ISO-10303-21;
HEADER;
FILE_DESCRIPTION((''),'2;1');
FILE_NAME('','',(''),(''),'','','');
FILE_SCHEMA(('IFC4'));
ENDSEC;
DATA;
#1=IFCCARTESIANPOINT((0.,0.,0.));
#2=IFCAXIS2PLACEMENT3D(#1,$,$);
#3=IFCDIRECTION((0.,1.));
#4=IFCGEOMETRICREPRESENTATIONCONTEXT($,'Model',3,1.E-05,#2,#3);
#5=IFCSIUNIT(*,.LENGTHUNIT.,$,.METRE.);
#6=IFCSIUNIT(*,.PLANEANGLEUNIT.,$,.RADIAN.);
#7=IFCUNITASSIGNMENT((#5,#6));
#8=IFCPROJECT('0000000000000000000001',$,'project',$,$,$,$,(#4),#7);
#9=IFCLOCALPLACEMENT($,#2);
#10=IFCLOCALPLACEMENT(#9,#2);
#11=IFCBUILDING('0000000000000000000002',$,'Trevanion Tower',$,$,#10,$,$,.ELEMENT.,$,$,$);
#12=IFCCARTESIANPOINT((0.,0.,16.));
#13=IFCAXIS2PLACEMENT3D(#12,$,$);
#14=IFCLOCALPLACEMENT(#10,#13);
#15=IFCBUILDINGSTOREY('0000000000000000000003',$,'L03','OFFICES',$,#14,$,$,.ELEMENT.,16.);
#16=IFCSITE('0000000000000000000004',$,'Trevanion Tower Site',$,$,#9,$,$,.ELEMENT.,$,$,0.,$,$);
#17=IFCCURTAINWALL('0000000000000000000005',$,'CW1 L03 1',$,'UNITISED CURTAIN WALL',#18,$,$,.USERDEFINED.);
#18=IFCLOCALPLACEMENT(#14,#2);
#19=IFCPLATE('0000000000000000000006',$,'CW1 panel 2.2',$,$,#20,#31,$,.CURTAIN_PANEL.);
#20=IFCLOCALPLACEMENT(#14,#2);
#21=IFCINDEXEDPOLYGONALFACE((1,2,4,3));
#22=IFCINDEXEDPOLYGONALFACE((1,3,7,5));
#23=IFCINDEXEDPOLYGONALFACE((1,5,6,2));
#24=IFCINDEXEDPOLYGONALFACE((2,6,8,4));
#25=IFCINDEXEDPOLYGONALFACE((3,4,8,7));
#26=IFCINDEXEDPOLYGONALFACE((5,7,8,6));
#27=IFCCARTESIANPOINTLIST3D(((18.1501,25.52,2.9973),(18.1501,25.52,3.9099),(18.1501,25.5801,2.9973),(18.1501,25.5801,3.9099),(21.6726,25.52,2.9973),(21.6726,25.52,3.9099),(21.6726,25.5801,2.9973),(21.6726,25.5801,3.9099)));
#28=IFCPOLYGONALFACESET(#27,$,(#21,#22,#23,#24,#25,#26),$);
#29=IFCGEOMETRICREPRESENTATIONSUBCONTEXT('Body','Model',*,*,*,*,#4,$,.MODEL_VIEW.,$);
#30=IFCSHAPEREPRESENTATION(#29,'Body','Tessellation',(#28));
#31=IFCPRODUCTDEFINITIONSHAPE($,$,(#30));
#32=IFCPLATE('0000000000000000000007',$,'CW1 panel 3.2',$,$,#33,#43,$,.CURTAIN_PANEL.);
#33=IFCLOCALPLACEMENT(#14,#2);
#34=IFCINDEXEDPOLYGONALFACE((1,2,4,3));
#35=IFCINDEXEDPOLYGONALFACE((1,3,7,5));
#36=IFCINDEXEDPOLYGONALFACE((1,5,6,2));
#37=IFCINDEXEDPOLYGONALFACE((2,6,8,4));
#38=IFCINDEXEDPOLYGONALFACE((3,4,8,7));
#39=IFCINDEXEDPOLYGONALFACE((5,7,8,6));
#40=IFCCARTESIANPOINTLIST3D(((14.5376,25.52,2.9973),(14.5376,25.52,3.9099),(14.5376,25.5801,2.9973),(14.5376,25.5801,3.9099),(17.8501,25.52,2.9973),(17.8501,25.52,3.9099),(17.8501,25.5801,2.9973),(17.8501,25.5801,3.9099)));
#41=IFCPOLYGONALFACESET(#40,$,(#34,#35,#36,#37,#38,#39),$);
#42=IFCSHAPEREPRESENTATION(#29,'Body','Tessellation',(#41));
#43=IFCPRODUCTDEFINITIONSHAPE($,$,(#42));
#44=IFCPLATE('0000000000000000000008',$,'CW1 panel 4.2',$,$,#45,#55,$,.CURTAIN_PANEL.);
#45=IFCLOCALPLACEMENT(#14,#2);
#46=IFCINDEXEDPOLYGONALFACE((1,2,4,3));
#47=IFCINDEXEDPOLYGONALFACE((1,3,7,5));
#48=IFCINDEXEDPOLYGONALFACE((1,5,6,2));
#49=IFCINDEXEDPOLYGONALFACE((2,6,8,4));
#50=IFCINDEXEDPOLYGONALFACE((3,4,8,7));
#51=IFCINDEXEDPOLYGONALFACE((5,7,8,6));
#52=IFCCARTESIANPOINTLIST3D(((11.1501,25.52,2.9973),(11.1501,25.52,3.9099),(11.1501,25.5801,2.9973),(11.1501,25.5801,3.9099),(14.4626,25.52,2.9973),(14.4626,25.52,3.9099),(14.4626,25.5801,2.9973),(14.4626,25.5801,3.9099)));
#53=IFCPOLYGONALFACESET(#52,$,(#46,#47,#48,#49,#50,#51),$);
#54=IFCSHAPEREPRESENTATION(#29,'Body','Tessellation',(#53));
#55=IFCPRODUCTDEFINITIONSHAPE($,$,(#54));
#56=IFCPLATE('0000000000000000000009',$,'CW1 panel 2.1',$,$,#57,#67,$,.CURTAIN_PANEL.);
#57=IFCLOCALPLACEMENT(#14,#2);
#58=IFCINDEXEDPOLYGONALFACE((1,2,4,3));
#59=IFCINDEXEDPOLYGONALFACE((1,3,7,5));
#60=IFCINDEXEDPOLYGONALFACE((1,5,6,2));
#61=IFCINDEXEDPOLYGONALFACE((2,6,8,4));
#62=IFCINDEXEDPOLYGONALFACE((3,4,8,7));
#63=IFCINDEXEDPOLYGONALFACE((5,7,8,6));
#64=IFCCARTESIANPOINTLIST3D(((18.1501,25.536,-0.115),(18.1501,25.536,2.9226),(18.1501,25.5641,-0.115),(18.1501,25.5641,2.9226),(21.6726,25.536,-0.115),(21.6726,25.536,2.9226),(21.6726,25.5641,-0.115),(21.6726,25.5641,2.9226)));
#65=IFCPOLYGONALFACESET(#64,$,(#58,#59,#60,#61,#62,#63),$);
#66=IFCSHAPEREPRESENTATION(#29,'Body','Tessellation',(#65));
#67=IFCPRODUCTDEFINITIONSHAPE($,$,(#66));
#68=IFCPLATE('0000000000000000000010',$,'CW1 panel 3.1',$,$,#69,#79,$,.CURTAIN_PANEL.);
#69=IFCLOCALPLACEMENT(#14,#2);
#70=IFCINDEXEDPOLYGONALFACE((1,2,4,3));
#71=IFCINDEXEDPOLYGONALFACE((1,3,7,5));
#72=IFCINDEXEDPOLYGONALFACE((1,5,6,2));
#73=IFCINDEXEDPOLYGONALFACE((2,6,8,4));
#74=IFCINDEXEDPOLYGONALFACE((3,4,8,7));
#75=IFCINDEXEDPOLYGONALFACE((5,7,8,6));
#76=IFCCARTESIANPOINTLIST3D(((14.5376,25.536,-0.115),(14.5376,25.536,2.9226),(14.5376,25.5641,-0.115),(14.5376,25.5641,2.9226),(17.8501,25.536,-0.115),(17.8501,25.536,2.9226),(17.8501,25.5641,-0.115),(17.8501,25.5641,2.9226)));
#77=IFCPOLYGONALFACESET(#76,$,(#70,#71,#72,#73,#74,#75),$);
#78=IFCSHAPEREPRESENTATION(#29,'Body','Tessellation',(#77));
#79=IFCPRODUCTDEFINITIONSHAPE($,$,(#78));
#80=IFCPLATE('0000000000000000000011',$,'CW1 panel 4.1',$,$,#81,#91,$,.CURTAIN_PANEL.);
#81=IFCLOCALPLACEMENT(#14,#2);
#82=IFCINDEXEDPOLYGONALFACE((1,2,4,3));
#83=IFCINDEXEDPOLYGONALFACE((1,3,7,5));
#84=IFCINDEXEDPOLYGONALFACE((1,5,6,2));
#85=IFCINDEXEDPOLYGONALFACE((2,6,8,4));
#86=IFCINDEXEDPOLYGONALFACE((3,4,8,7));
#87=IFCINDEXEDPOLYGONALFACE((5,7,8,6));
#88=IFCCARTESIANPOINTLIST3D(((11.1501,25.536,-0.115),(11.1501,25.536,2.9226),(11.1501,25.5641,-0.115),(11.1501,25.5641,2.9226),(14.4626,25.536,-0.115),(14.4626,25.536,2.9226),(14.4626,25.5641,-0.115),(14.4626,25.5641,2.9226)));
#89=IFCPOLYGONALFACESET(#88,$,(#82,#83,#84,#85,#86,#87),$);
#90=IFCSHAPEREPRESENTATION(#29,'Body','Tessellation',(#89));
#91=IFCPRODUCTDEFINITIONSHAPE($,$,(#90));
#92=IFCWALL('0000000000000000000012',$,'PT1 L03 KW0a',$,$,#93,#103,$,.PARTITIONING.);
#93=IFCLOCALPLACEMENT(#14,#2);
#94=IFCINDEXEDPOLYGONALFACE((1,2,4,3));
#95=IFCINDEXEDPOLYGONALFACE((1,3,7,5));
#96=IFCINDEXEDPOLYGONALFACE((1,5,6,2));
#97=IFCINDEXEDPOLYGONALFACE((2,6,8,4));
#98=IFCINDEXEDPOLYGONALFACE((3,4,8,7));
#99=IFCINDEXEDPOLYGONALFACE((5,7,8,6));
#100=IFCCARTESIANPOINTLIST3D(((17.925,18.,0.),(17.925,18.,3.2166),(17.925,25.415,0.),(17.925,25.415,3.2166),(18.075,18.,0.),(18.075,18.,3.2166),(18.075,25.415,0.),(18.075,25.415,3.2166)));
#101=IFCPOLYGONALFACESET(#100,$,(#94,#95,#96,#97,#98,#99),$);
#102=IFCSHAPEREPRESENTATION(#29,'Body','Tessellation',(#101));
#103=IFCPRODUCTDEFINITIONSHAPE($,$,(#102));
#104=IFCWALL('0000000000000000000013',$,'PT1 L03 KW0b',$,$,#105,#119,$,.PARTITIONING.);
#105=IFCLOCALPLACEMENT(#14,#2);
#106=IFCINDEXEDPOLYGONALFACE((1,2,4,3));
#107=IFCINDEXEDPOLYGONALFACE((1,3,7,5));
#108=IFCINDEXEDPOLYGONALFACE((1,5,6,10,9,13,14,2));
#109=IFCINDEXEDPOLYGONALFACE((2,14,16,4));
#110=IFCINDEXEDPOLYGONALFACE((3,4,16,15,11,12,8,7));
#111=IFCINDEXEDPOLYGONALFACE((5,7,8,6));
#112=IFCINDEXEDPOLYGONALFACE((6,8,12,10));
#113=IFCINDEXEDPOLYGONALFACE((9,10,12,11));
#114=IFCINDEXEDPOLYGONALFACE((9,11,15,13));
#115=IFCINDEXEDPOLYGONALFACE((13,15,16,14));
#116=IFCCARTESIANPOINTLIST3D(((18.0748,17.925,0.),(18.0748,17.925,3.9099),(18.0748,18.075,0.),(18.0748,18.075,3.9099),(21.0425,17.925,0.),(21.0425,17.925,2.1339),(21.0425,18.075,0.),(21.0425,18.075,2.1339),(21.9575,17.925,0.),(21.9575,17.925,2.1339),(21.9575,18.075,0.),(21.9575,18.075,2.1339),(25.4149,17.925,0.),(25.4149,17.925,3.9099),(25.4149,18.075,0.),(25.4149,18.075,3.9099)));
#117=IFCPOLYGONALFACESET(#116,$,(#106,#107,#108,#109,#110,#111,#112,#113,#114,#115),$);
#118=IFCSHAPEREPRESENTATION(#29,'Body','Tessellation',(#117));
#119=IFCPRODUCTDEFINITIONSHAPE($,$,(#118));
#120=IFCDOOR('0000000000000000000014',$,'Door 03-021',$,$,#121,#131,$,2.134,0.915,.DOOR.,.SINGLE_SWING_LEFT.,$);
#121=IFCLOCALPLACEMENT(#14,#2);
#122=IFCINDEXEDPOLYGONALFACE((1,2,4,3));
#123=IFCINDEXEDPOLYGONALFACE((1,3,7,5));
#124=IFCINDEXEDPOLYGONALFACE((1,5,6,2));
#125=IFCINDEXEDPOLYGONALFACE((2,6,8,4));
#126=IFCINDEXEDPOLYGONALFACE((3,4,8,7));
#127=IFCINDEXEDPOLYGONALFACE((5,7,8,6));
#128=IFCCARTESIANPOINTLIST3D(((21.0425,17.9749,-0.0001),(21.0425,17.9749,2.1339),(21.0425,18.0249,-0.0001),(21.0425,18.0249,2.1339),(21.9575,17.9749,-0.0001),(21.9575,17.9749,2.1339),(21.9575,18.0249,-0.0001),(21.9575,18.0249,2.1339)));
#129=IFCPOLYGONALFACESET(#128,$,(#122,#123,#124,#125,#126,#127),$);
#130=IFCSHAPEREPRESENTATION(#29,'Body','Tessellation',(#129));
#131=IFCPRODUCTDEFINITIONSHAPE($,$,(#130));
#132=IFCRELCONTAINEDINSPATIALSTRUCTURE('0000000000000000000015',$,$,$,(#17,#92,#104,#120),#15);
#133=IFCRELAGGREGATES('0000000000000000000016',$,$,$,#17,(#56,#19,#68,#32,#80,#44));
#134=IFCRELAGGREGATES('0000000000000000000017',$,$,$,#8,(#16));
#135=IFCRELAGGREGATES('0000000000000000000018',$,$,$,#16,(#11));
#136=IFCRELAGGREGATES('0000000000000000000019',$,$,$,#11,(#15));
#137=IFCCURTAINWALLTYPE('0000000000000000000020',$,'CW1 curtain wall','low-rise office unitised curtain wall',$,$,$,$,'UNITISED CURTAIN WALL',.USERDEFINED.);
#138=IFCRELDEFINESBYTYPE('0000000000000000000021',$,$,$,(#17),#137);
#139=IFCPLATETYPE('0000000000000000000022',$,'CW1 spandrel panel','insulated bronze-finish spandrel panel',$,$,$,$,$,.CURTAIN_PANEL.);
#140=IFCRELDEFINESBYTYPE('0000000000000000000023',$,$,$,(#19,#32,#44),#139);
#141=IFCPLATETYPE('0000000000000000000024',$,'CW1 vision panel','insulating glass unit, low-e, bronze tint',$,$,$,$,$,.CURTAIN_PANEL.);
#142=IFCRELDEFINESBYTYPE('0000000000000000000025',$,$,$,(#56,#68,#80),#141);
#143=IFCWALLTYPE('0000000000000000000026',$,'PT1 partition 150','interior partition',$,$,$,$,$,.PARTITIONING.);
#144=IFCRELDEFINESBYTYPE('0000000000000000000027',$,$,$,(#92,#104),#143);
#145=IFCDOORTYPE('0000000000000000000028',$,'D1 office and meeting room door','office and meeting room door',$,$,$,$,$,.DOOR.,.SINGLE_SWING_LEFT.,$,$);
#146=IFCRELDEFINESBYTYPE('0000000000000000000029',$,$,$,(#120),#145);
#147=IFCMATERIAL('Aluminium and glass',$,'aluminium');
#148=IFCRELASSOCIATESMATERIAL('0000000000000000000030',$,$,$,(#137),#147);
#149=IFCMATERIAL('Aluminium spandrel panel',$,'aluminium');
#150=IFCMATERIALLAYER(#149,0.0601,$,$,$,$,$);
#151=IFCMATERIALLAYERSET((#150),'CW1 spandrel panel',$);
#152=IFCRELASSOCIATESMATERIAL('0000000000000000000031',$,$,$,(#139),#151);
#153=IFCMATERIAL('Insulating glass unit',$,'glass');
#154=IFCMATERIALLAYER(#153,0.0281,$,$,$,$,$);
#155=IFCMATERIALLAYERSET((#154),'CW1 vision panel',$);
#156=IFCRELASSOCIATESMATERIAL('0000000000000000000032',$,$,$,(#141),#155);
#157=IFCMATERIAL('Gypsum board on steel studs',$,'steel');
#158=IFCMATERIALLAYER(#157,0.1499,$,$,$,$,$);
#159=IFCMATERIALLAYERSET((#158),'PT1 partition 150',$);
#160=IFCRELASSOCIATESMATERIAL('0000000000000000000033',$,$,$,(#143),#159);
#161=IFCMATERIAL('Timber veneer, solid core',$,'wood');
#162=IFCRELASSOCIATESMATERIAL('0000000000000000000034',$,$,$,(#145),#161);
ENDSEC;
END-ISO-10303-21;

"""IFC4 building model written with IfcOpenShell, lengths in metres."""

from ifc_helpers import new_model, si_unit, direction, frame, frame_2d, origin, origin_2d, place, context, subcontext, project, spatial, rectangle, extrude, material, layer, layer_set, type_object, element, fill, aggregate, save


model = new_model("IFC4")

# Units and contexts
model_context = context("Model", 3, precision=1e-05, world=origin(), true_north=direction((0.0, 1.0)))
body_context = subcontext(model_context, "Body", "Model", "MODEL_VIEW")
ifc_project = project(units=[si_unit("LENGTHUNIT", "METRE"), si_unit("PLANEANGLEUNIT", "RADIAN")], contexts=[model_context])

# Site, building, storey
site_placement = place(None, origin())
site = spatial("IfcSite", under=ifc_project, at=site_placement, Name="Trevanion Tower Site", CompositionType="ELEMENT", RefElevation=0.0)
building_placement = place(site_placement, origin())
building = spatial("IfcBuilding", under=site, at=building_placement, Name="Trevanion Tower", CompositionType="ELEMENT")
storey_placement = place(building_placement, frame((0.0, 0.0, 16.0)))
storey = spatial("IfcBuildingStorey", under=building, at=storey_placement, Name="L03", Description="OFFICES", CompositionType="ELEMENT", Elevation=16.0)

# Curtain wall
ifc_material_1 = material(Name="Aluminium and glass", Category="aluminium")
curtain_wall_type = type_object("IfcCurtainWallType", Name="CW1 curtain wall", Description="low-rise office unitised curtain wall", ElementType="UNITISED CURTAIN WALL", PredefinedType="USERDEFINED", material=ifc_material_1)
curtain_wall_placement = place(storey_placement, origin())
curtain_wall = element("IfcCurtainWall", 1, at=curtain_wall_placement, inside=storey, type_object=curtain_wall_type, Name="CW1 L03 1", ObjectType="UNITISED CURTAIN WALL", PredefinedType="USERDEFINED")

# Plates
ifc_material_2 = material(Name="Aluminium spandrel panel", Category="aluminium")
ifc_layer_1 = layer(ifc_material_2, 0.0601)
ifc_layer_set_1 = layer_set([ifc_layer_1], Name="CW1 spandrel panel")
plate_type_1 = type_object("IfcPlateType", Name="CW1 spandrel panel", Description="insulated bronze-finish spandrel panel", PredefinedType="CURTAIN_PANEL", material=ifc_layer_set_1)
plate_1_placement = place(storey_placement, frame((19.9114, 25.55, 2.9973), z_axis=(0.0, 0.0, 1.0), x_axis=(-1.0, 0.0, 0.0)))
plate_1 = element("IfcPlate", 2, at=plate_1_placement, type_object=plate_type_1, Name="CW1 panel 2.2", PredefinedType="CURTAIN_PANEL", context=body_context, shape_type="SweptSolid", body=[
    extrude(rectangle(XDim=3.5225, YDim=0.0601, at=origin_2d()), origin(), (0.0, 0.0, 1.0), 0.9126),
])
plate_2_placement = place(storey_placement, frame((16.1938, 25.55, 2.9973), z_axis=(0.0, 0.0, 1.0), x_axis=(-1.0, 0.0, 0.0)))
plate_2 = element("IfcPlate", 3, at=plate_2_placement, type_object=plate_type_1, Name="CW1 panel 3.2", PredefinedType="CURTAIN_PANEL", context=body_context, shape_type="SweptSolid", body=[
    extrude(rectangle(XDim=3.3125, YDim=0.0601, at=origin_2d()), origin(), (0.0, 0.0, 1.0), 0.9126),
])
plate_3_placement = place(storey_placement, frame((12.8064, 25.55, 2.9973), z_axis=(0.0, 0.0, 1.0), x_axis=(-1.0, 0.0, 0.0)))
plate_3 = element("IfcPlate", 4, at=plate_3_placement, type_object=plate_type_1, Name="CW1 panel 4.2", PredefinedType="CURTAIN_PANEL", context=body_context, shape_type="SweptSolid", body=[
    extrude(rectangle(XDim=3.3125, YDim=0.0601, at=origin_2d()), origin(), (0.0, 0.0, 1.0), 0.9126),
])
ifc_material_3 = material(Name="Insulating glass unit", Category="glass")
ifc_layer_2 = layer(ifc_material_3, 0.0281)
ifc_layer_set_2 = layer_set([ifc_layer_2], Name="CW1 vision panel")
plate_type_2 = type_object("IfcPlateType", Name="CW1 vision panel", Description="insulating glass unit, low-e, bronze tint", PredefinedType="CURTAIN_PANEL", material=ifc_layer_set_2)
plate_4_placement = place(storey_placement, frame((19.9114, 25.55, -0.115), z_axis=(0.0, 0.0, 1.0), x_axis=(-1.0, 0.0, 0.0)))
plate_4 = element("IfcPlate", 5, at=plate_4_placement, type_object=plate_type_2, Name="CW1 panel 2.1", PredefinedType="CURTAIN_PANEL", context=body_context, shape_type="SweptSolid", body=[
    extrude(rectangle(XDim=3.5225, YDim=0.0281, at=origin_2d()), origin(), (0.0, 0.0, 1.0), 3.0376),
])
plate_5_placement = place(storey_placement, frame((16.1938, 25.55, -0.115), z_axis=(0.0, 0.0, 1.0), x_axis=(-1.0, 0.0, 0.0)))
plate_5 = element("IfcPlate", 6, at=plate_5_placement, type_object=plate_type_2, Name="CW1 panel 3.1", PredefinedType="CURTAIN_PANEL", context=body_context, shape_type="SweptSolid", body=[
    extrude(rectangle(XDim=3.3125, YDim=0.0281, at=origin_2d()), origin(), (0.0, 0.0, 1.0), 3.0376),
])
plate_6_placement = place(storey_placement, frame((12.8064, 25.55, -0.115), z_axis=(0.0, 0.0, 1.0), x_axis=(-1.0, 0.0, 0.0)))
plate_6 = element("IfcPlate", 7, at=plate_6_placement, type_object=plate_type_2, Name="CW1 panel 4.1", PredefinedType="CURTAIN_PANEL", context=body_context, shape_type="SweptSolid", body=[
    extrude(rectangle(XDim=3.3125, YDim=0.0281, at=origin_2d()), origin(), (0.0, 0.0, 1.0), 3.0376),
])
aggregate(curtain_wall, [plate_4, plate_1, plate_5, plate_2, plate_6, plate_3])

# Wall
ifc_material_4 = material(Name="Gypsum board on steel studs", Category="steel")
ifc_layer_3 = layer(ifc_material_4, 0.1499)
ifc_layer_set_3 = layer_set([ifc_layer_3], Name="PT1 partition 150")
wall_type = type_object("IfcWallType", Name="PT1 partition 150", Description="interior partition", PredefinedType="PARTITIONING", material=ifc_layer_set_3)
wall_1_placement = place(storey_placement, frame((18.0, 18.0, 0.0), z_axis=(0.0, 0.0, 1.0), x_axis=(0.0, 1.0, 0.0)))
element("IfcWall", 8, at=wall_1_placement, inside=storey, type_object=wall_type, Name="PT1 L03 KW0a", PredefinedType="PARTITIONING", context=body_context, shape_type="SweptSolid", body=[
    extrude(rectangle(XDim=7.415, YDim=0.1499, at=frame_2d((3.7075, 0.0))), origin(), (0.0, 0.0, 1.0), 3.2166),
])

# Wall, opening, door
wall_2_placement = place(storey_placement, frame((18.075, 18.0, 0.0), z_axis=(0.0, 0.0, 1.0), x_axis=(1.0, 0.0, 0.0)))
wall_2 = element("IfcWall", 9, at=wall_2_placement, inside=storey, type_object=wall_type, Name="PT1 L03 KW0b", PredefinedType="PARTITIONING", context=body_context, shape_type="SweptSolid", body=[
    extrude(rectangle(XDim=7.3401, YDim=0.1499, at=frame_2d((3.6699, 0.0))), origin(), (0.0, 0.0, 1.0), 3.9099),
])
opening_1_placement = place(wall_2_placement, frame((2.9675, 0.0, 0.0)))
opening_1 = element("IfcOpeningElement", 10, at=opening_1_placement, cuts=wall_2, PredefinedType="OPENING", context=body_context, shape_type="SweptSolid", body=[
    extrude(rectangle(XDim=0.915, YDim=2.134, at=frame_2d((0.4575, 1.0669))), frame((0.0, 0.085, 0.0), z_axis=(0.0, -1.0, 0.0), x_axis=(1.0, 0.0, 0.0)), (0.0, 0.0, 1.0), 0.1699),
])
ifc_material_5 = material(Name="Timber veneer, solid core", Category="wood")
door_type = type_object("IfcDoorType", Name="D1 office and meeting room door", Description="office and meeting room door", OperationType="SINGLE_SWING_LEFT", PredefinedType="DOOR", material=ifc_material_5)
door_1_placement = place(opening_1_placement, origin())
door_1 = element("IfcDoor", 11, at=door_1_placement, inside=storey, type_object=door_type, Name="Door 03-021", OperationType="SINGLE_SWING_LEFT", OverallHeight=2.134, OverallWidth=0.915, PredefinedType="DOOR", context=body_context, shape_type="SweptSolid", body=[
    extrude(rectangle(XDim=0.915, YDim=2.134, at=frame_2d((0.4575, 1.0669))), frame((0.0, 0.0249, 0.0), z_axis=(0.0, -1.0, 0.0), x_axis=(1.0, 0.0, 0.0)), (0.0, 0.0, 1.0), 0.05),
])
fill(opening_1, door_1)

save(model, "model.ifc")
